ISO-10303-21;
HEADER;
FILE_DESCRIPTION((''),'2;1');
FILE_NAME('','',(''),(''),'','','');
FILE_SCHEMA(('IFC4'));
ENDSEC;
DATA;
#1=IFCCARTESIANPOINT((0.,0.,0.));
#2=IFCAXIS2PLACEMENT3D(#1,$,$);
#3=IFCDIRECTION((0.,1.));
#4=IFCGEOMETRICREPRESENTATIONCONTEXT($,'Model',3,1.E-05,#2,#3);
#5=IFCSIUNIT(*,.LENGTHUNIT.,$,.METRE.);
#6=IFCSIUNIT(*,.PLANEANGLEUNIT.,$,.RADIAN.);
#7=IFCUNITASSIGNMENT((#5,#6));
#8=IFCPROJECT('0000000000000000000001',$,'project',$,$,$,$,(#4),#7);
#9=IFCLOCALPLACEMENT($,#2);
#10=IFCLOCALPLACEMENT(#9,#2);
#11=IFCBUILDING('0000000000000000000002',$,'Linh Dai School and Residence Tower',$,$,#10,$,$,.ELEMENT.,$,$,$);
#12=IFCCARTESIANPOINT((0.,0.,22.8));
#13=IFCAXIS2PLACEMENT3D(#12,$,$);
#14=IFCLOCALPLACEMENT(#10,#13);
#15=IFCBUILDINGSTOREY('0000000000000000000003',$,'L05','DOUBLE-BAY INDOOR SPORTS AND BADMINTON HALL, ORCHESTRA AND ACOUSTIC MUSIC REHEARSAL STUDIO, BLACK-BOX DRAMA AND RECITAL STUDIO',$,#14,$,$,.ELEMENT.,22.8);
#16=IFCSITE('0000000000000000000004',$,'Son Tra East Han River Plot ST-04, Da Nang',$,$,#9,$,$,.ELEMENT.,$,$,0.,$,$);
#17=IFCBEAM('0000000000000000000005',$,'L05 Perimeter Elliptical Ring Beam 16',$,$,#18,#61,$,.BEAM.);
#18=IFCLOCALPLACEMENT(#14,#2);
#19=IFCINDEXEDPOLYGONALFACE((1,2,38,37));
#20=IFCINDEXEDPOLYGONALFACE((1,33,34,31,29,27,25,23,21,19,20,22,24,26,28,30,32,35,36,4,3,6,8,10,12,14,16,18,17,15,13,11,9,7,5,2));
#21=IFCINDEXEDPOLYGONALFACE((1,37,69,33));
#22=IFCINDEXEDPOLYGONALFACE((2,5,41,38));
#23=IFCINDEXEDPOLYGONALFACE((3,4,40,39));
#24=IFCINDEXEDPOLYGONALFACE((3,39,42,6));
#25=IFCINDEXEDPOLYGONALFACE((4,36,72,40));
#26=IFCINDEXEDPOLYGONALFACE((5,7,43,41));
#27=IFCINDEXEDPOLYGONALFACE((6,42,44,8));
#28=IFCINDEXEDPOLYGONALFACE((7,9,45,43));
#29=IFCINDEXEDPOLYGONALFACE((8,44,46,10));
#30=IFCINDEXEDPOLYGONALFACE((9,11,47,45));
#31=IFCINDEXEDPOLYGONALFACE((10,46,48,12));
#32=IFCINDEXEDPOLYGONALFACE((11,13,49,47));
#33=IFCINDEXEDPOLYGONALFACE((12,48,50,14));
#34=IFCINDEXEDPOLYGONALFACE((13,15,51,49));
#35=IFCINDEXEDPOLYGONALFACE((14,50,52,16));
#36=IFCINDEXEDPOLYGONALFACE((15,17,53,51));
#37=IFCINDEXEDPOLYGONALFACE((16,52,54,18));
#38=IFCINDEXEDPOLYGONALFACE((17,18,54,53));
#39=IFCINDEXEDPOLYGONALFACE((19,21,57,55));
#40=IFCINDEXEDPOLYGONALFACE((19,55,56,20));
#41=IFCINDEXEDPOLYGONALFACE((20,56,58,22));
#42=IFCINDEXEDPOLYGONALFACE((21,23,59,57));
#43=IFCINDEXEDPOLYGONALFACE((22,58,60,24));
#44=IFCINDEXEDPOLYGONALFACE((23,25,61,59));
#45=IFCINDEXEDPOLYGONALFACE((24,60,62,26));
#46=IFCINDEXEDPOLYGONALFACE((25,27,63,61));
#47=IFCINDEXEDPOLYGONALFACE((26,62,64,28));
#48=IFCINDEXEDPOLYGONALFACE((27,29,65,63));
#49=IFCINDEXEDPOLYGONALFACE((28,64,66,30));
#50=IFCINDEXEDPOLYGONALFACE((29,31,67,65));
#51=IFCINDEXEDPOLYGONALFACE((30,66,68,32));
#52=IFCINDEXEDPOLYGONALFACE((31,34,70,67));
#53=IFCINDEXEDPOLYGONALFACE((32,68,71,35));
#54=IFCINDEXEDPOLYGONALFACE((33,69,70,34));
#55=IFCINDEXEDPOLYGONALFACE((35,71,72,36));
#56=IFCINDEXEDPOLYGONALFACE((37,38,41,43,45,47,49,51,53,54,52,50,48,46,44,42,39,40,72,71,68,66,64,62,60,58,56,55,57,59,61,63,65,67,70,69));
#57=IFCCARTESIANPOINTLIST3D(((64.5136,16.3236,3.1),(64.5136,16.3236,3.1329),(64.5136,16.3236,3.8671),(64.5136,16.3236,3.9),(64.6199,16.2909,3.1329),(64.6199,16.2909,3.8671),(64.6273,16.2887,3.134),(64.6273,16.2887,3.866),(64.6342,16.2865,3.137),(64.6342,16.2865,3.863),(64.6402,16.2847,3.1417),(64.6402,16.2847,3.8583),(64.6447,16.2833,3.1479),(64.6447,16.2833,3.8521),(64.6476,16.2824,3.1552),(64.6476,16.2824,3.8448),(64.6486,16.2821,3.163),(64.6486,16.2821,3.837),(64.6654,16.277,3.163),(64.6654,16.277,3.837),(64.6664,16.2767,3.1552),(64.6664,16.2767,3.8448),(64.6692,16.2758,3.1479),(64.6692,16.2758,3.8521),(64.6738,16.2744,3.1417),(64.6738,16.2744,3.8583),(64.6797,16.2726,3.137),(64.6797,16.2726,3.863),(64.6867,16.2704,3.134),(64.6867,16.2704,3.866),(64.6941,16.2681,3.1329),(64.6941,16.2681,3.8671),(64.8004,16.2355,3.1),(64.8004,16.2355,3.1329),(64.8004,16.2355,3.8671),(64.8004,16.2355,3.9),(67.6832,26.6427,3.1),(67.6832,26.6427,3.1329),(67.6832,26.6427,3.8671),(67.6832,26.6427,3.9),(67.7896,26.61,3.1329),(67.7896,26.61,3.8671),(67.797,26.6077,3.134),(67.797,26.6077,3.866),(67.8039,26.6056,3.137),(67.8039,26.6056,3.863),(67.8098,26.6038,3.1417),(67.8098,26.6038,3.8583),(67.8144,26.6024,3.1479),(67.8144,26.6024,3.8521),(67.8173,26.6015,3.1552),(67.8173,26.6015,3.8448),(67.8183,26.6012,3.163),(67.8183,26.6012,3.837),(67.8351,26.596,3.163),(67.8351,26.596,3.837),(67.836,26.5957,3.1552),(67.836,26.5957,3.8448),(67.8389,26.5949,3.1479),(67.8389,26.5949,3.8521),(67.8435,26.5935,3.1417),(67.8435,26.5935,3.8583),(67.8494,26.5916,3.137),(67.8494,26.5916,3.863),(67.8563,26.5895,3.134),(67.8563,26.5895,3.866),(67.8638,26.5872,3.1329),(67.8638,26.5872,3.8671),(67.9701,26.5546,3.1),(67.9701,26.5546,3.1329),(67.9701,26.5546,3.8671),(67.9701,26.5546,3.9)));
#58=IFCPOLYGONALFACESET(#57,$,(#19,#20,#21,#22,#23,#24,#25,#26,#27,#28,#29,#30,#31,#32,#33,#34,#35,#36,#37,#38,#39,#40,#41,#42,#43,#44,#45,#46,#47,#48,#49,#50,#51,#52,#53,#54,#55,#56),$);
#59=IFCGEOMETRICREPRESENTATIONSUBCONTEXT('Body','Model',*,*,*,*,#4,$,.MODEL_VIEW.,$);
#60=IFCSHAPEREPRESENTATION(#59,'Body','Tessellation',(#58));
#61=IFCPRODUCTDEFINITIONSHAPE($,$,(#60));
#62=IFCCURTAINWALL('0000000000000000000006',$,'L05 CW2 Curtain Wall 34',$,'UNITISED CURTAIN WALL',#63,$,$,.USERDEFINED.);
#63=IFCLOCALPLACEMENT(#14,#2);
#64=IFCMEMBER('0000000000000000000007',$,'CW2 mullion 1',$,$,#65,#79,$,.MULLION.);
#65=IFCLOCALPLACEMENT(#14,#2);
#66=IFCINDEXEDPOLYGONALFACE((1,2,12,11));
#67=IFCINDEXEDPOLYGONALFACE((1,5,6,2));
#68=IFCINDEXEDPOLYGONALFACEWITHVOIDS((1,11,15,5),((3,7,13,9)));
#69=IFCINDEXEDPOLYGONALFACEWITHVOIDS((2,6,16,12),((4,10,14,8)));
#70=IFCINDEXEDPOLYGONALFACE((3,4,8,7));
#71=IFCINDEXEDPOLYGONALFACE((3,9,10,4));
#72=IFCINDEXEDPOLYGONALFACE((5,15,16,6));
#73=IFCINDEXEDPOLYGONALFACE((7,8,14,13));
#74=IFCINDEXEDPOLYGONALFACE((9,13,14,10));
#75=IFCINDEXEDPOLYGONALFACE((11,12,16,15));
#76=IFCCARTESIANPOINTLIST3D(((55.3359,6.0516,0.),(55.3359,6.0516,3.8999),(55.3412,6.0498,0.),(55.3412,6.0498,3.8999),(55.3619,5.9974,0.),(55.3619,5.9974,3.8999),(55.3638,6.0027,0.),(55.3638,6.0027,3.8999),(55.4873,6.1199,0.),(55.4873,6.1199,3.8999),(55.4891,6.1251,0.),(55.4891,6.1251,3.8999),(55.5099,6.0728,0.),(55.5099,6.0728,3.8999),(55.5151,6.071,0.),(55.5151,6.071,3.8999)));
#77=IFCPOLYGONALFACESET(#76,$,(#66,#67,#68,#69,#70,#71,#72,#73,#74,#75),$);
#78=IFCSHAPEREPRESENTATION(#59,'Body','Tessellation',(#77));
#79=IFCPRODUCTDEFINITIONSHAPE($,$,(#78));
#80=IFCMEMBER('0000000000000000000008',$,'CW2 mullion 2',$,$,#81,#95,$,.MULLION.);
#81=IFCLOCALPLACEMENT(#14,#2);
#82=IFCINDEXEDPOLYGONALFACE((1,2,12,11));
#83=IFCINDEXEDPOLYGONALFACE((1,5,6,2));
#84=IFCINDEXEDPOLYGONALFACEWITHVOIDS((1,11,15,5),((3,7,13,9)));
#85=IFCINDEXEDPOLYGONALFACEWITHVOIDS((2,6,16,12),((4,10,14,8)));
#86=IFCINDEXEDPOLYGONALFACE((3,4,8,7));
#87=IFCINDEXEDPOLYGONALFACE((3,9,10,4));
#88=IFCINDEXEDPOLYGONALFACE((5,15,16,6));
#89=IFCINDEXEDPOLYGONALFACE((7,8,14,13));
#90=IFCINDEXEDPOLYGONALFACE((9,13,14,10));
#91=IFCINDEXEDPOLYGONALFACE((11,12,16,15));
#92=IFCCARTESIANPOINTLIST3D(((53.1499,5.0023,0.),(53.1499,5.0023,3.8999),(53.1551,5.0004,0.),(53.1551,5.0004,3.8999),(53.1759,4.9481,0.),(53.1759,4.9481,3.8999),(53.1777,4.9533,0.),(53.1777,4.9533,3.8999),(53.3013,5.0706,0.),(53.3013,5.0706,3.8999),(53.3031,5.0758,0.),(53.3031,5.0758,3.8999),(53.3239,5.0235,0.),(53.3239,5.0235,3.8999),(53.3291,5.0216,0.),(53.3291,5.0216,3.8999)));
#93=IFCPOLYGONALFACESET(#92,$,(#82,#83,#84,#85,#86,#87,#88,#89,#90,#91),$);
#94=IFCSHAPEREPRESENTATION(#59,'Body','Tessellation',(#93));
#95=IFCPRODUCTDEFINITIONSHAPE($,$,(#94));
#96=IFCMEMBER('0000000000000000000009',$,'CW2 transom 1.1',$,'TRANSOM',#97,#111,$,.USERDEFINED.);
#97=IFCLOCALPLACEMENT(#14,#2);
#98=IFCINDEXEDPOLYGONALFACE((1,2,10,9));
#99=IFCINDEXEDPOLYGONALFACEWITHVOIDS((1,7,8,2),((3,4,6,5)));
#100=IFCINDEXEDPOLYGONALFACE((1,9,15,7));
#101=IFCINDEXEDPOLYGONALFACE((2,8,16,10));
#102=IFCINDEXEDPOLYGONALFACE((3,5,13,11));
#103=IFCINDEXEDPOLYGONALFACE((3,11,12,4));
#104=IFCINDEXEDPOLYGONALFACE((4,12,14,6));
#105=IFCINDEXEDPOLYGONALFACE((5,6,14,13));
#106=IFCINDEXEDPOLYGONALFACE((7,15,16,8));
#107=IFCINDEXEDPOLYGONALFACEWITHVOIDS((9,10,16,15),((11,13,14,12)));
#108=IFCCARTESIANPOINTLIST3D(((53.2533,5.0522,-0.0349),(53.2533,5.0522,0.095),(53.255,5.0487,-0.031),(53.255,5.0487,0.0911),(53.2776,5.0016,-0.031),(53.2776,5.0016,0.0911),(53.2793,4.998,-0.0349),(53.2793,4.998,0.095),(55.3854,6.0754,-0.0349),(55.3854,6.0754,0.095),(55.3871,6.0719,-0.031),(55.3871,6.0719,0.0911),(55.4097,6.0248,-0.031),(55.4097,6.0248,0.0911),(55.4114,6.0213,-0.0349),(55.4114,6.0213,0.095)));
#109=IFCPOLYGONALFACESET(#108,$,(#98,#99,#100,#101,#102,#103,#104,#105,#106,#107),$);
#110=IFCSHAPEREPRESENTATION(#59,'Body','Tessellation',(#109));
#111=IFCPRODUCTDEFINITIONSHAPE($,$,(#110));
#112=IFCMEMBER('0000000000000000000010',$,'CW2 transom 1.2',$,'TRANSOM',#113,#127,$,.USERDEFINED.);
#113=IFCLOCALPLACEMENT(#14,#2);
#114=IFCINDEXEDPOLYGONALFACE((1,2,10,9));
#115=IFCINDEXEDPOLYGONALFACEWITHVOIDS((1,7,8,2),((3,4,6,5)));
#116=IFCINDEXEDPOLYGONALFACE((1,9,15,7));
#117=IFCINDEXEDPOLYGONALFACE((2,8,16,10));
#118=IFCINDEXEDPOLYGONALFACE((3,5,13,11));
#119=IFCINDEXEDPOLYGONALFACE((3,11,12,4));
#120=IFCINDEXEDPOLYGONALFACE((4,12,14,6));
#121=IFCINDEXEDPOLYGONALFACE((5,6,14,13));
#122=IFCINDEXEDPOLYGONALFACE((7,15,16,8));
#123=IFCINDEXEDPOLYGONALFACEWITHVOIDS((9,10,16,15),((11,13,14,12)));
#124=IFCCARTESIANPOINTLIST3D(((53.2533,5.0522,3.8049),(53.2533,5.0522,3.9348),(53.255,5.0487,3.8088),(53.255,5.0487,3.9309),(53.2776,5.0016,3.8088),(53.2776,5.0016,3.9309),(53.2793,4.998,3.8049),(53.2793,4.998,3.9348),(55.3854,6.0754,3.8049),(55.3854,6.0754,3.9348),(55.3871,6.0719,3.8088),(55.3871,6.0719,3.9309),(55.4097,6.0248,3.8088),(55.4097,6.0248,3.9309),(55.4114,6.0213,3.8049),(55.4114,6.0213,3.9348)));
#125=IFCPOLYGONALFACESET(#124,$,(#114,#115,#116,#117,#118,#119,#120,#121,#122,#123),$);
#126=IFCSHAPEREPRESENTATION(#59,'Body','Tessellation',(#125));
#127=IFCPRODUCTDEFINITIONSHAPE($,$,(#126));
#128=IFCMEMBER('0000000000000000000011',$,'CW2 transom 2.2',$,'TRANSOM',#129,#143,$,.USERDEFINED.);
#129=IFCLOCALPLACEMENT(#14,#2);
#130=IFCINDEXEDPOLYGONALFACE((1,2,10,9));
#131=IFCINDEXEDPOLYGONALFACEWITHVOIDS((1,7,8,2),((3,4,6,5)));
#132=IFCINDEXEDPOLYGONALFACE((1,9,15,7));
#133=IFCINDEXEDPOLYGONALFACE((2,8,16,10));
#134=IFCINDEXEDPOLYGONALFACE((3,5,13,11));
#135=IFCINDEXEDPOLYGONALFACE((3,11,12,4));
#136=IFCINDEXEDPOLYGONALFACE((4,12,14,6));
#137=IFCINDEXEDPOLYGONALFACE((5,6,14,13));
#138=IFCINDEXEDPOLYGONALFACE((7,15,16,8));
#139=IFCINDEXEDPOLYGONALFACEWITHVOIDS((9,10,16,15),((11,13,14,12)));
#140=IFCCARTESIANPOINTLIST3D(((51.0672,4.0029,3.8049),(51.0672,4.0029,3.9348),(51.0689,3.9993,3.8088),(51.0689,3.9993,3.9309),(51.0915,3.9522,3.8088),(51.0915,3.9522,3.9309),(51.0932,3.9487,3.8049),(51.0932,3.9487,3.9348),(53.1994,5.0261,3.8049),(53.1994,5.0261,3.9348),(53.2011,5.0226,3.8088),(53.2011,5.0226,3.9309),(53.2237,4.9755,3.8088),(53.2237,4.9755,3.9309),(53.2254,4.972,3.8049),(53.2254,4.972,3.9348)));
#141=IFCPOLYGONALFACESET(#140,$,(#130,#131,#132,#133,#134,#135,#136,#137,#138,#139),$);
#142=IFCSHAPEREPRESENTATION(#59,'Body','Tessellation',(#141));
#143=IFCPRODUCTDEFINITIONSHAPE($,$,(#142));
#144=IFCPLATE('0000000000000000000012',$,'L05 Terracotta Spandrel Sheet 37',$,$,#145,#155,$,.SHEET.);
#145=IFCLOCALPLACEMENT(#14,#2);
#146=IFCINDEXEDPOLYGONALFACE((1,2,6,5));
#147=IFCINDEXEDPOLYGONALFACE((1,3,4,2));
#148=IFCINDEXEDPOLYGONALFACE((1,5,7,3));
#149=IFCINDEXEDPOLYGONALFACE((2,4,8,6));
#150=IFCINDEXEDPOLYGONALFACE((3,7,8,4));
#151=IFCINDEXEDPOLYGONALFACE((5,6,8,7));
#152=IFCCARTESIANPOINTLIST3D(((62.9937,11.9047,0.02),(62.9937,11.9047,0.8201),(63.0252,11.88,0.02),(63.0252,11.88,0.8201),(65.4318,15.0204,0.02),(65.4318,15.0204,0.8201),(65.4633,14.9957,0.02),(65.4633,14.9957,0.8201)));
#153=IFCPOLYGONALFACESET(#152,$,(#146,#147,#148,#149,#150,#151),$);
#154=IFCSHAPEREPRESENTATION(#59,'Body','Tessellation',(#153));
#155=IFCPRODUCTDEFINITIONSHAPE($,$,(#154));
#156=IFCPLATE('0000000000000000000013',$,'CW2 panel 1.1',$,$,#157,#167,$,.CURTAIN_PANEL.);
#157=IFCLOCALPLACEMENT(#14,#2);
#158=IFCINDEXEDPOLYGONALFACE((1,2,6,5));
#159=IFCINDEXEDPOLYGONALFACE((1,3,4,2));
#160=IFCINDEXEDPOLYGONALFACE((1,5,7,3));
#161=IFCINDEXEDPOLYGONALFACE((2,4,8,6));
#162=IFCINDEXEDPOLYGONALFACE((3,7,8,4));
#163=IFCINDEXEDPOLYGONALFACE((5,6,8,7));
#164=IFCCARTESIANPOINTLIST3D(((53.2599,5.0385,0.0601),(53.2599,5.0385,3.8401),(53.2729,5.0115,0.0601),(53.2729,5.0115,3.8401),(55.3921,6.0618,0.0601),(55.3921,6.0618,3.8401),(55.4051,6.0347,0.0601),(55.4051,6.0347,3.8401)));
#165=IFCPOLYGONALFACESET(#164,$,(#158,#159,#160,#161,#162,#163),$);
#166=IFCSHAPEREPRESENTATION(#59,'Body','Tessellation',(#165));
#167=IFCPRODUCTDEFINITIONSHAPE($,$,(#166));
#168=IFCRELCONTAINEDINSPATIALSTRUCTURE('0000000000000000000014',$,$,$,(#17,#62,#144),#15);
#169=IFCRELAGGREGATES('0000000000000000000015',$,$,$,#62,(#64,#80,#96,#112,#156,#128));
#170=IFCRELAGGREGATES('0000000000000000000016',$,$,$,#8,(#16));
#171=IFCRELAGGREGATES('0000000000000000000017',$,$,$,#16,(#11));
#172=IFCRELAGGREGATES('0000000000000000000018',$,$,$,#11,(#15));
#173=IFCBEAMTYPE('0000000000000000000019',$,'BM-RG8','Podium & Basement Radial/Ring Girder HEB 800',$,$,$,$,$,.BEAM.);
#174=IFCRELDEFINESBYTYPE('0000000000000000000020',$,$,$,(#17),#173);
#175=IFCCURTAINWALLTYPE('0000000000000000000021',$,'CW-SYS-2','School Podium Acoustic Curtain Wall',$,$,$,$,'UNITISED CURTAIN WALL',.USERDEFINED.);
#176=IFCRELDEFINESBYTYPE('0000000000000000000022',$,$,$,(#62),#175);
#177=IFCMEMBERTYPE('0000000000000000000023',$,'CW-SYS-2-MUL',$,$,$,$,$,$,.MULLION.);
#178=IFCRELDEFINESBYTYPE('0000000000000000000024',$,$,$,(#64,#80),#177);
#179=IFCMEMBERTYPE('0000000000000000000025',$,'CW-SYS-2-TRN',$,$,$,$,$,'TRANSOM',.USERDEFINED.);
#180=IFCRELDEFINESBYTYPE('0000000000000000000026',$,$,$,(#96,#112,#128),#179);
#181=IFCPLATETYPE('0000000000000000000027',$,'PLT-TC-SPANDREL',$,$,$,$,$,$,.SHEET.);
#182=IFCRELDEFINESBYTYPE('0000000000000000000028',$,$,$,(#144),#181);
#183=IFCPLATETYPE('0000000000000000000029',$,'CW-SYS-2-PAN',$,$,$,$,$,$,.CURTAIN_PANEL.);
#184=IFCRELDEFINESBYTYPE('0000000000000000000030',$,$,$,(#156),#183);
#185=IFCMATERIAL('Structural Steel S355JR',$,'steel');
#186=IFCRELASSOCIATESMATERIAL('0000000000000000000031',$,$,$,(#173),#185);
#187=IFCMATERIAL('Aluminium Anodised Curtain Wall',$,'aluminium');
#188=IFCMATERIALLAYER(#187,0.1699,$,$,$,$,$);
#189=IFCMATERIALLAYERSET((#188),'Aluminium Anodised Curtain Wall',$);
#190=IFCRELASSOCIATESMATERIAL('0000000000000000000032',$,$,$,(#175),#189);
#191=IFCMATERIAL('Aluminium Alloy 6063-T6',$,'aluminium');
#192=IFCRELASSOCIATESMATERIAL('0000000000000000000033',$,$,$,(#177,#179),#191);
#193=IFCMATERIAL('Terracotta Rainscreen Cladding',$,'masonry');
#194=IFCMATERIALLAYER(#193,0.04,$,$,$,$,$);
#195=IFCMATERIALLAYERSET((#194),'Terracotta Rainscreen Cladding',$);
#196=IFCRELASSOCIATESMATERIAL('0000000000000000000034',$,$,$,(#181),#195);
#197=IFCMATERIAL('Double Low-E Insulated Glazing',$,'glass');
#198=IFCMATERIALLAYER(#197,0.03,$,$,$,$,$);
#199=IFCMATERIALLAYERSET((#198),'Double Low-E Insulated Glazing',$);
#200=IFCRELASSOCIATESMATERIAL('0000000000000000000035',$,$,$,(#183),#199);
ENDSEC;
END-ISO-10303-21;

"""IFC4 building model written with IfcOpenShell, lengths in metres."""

from ifc_helpers import new_model, si_unit, direction, frame, origin, origin_2d, place, context, subcontext, project, spatial, rectangle, hollow_rectangle, i_section, extrude, source, transform, mapped, material, layer, layer_set, material_profile, profile_set, type_object, element, aggregate, save


model = new_model("IFC4")

# Units and contexts
model_context = context("Model", 3, precision=1e-05, world=origin(), true_north=direction((0.0, 1.0)))
body_context = subcontext(model_context, "Body", "Model", "MODEL_VIEW")
ifc_project = project(units=[si_unit("LENGTHUNIT", "METRE"), si_unit("PLANEANGLEUNIT", "RADIAN")], contexts=[model_context])

# Site, building, storey
site_placement = place(None, origin())
site = spatial("IfcSite", under=ifc_project, at=site_placement, Name="Son Tra East Han River Plot ST-04, Da Nang", CompositionType="ELEMENT", RefElevation=0.0)
building_placement = place(site_placement, origin())
building = spatial("IfcBuilding", under=site, at=building_placement, Name="Linh Dai School and Residence Tower", CompositionType="ELEMENT")
storey_placement = place(building_placement, frame((0.0, 0.0, 22.8)))
storey = spatial("IfcBuildingStorey", under=building, at=storey_placement, Name="L05", Description="DOUBLE-BAY INDOOR SPORTS AND BADMINTON HALL, ORCHESTRA AND ACOUSTIC MUSIC REHEARSAL STUDIO, BLACK-BOX DRAMA AND RECITAL STUDIO", CompositionType="ELEMENT", Elevation=22.8)

# Shared definitions
ifc_material_1 = material(Name="Structural Steel S355JR", Category="steel")

# Beam
ifc_material_profile_1 = material_profile(ifc_material_1, i_section(OverallWidth=0.3, OverallDepth=0.8, WebThickness=0.0176, FlangeThickness=0.033, FilletRadius=0.03, at=origin_2d()), Name="HEB 800")
ifc_profile_set_1 = profile_set([ifc_material_profile_1], Name="Structural Steel S355JR")
beam_type = type_object("IfcBeamType", Name="BM-RG8", Description="Podium & Basement Radial/Ring Girder HEB 800", PredefinedType="BEAM", material=ifc_profile_set_1)
beam_1_placement = place(storey_placement, frame((64.657, 16.2795, 3.5), z_axis=(0.293627, 0.95592, 0.0), x_axis=(-0.95592, 0.293627, 0.0)))
element("IfcBeam", 1, at=beam_1_placement, inside=storey, type_object=beam_type, Name="L05 Perimeter Elliptical Ring Beam 16", PredefinedType="BEAM", context=body_context, shape_type="SweptSolid", body=[
    extrude(i_section(OverallWidth=0.3, OverallDepth=0.8, WebThickness=0.0176, FlangeThickness=0.033, FilletRadius=0.03, at=origin_2d()), origin(), (0.0, 0.0, 1.0), 10.7949),
])

# Curtain wall, members
ifc_material_2 = material(Name="Aluminium Anodised Curtain Wall", Category="aluminium")
ifc_layer_1 = layer(ifc_material_2, 0.1699)
ifc_layer_set_1 = layer_set([ifc_layer_1], Name="Aluminium Anodised Curtain Wall")
curtain_wall_type = type_object("IfcCurtainWallType", Name="CW-SYS-2", Description="School Podium Acoustic Curtain Wall", ElementType="UNITISED CURTAIN WALL", PredefinedType="USERDEFINED", material=ifc_layer_set_1)
curtain_wall_placement = place(storey_placement, origin())
curtain_wall = element("IfcCurtainWall", 2, at=curtain_wall_placement, inside=storey, type_object=curtain_wall_type, Name="L05 CW2 Curtain Wall 34", ObjectType="UNITISED CURTAIN WALL", PredefinedType="USERDEFINED")
ifc_material_3 = material(Name="Aluminium Alloy 6063-T6", Category="aluminium")
ifc_material_profile_2 = material_profile(ifc_material_3, hollow_rectangle(XDim=0.0601, YDim=0.1699, WallThickness=0.0039, at=origin_2d()), Name="RHS 170x60x4")
ifc_profile_set_2 = profile_set([ifc_material_profile_2], Name="Aluminium Alloy 6063-T6")
member_type_1 = type_object("IfcMemberType", Name="CW-SYS-2-MUL", PredefinedType="MULLION", material=ifc_profile_set_2)
shared_shape_1 = source(origin(), body_context, "Body", "SweptSolid", [
    extrude(hollow_rectangle(XDim=0.0601, YDim=0.1699, WallThickness=0.0039, at=origin_2d()), origin(), (0.0, 0.0, 1.0), 3.8999),
])
member_1_placement = place(storey_placement, frame((55.4255, 6.0613, 0.0), z_axis=(0.0, 0.0, 1.0), x_axis=(0.432657, -0.901558, 0.0)))
member_1 = element("IfcMember", 3, at=member_1_placement, type_object=member_type_1, Name="CW2 mullion 1", PredefinedType="MULLION", context=body_context, shape_type="MappedRepresentation", body=[
    mapped(shared_shape_1, transform((0.0, 0.0, 0.0), x_axis=(1.0, 0.0, 0.0), y_axis=(0.0, 1.0, 0.0), z_axis=(0.0, 0.0, 1.0), scale=1.0)),
])
member_2_placement = place(storey_placement, frame((53.2395, 5.012, 0.0), z_axis=(0.0, 0.0, 1.0), x_axis=(0.432657, -0.901558, 0.0)))
member_2 = element("IfcMember", 4, at=member_2_placement, type_object=member_type_1, Name="CW2 mullion 2", PredefinedType="MULLION", context=body_context, shape_type="MappedRepresentation", body=[
    mapped(shared_shape_1, transform((0.0, 0.0, 0.0), x_axis=(1.0, 0.0, 0.0), y_axis=(0.0, 1.0, 0.0), z_axis=(0.0, 0.0, 1.0), scale=1.0)),
])
ifc_material_profile_3 = material_profile(ifc_material_3, hollow_rectangle(XDim=0.0601, YDim=0.1299, WallThickness=0.0039, at=origin_2d()), Name="RHS 130x60x4")
ifc_profile_set_3 = profile_set([ifc_material_profile_3], Name="Aluminium Alloy 6063-T6")
member_type_2 = type_object("IfcMemberType", Name="CW-SYS-2-TRN", ElementType="TRANSOM", PredefinedType="USERDEFINED", material=ifc_profile_set_3)
shared_shape_2 = source(origin(), body_context, "Body", "SweptSolid", [
    extrude(hollow_rectangle(XDim=0.0601, YDim=0.1299, WallThickness=0.0039, at=origin_2d()), origin(), (0.0, 0.0, 1.0), 2.365),
])
member_3_placement = place(storey_placement, frame((55.3984, 6.0483, 0.03), z_axis=(-0.901557, -0.432661, 0.0), x_axis=(0.432661, -0.901557, 0.0)))
member_3 = element("IfcMember", 5, at=member_3_placement, type_object=member_type_2, Name="CW2 transom 1.1", ObjectType="TRANSOM", PredefinedType="USERDEFINED", context=body_context, shape_type="MappedRepresentation", body=[
    mapped(shared_shape_2, transform((0.0, 0.0, 0.0), x_axis=(1.0, 0.0, 0.0), y_axis=(0.0, 1.0, 0.0), z_axis=(0.0, 0.0, 1.0), scale=1.0)),
])
member_4_placement = place(storey_placement, frame((55.3984, 6.0483, 3.8699), z_axis=(-0.901557, -0.432661, 0.0), x_axis=(0.432661, -0.901557, 0.0)))
member_4 = element("IfcMember", 6, at=member_4_placement, type_object=member_type_2, Name="CW2 transom 1.2", ObjectType="TRANSOM", PredefinedType="USERDEFINED", context=body_context, shape_type="MappedRepresentation", body=[
    mapped(shared_shape_2, transform((0.0, 0.0, 0.0), x_axis=(1.0, 0.0, 0.0), y_axis=(0.0, 1.0, 0.0), z_axis=(0.0, 0.0, 1.0), scale=1.0)),
])
member_5_placement = place(storey_placement, frame((53.2124, 4.999, 3.8699), z_axis=(-0.901557, -0.432661, 0.0), x_axis=(0.432661, -0.901557, 0.0)))
member_5 = element("IfcMember", 7, at=member_5_placement, type_object=member_type_2, Name="CW2 transom 2.2", ObjectType="TRANSOM", PredefinedType="USERDEFINED", context=body_context, shape_type="MappedRepresentation", body=[
    mapped(shared_shape_2, transform((0.0, 0.0, 0.0), x_axis=(1.0, 0.0, 0.0), y_axis=(0.0, 1.0, 0.0), z_axis=(0.0, 0.0, 1.0), scale=1.0)),
])

# Plates
ifc_material_4 = material(Name="Terracotta Rainscreen Cladding", Category="masonry")
ifc_layer_2 = layer(ifc_material_4, 0.04)
ifc_layer_set_2 = layer_set([ifc_layer_2], Name="Terracotta Rainscreen Cladding")
plate_type_1 = type_object("IfcPlateType", Name="PLT-TC-SPANDREL", PredefinedType="SHEET", material=ifc_layer_set_2)
shared_shape_3 = source(origin(), body_context, "Body", "SweptSolid", [
    extrude(rectangle(XDim=3.9563, YDim=0.04, at=origin_2d()), origin(), (0.0, 0.0, 1.0), 0.8),
])
plate_1_placement = place(storey_placement, frame((64.2285, 13.4502, 0.02), z_axis=(0.0, 0.0, 1.0), x_axis=(-0.61626, -0.787543, 0.0)))
element("IfcPlate", 8, at=plate_1_placement, inside=storey, type_object=plate_type_1, Name="L05 Terracotta Spandrel Sheet 37", PredefinedType="SHEET", context=body_context, shape_type="MappedRepresentation", body=[
    mapped(shared_shape_3, transform((0.0, 0.0, 0.0), x_axis=(1.0, 0.0, 0.0), y_axis=(0.0, 1.0, 0.0), z_axis=(0.0, 0.0, 1.0), scale=1.0)),
])
ifc_material_5 = material(Name="Double Low-E Insulated Glazing", Category="glass")
ifc_layer_3 = layer(ifc_material_5, 0.03)
ifc_layer_set_3 = layer_set([ifc_layer_3], Name="Double Low-E Insulated Glazing")
plate_type_2 = type_object("IfcPlateType", Name="CW-SYS-2-PAN", PredefinedType="CURTAIN_PANEL", material=ifc_layer_set_3)
shared_shape_4 = source(origin(), body_context, "Body", "SweptSolid", [
    extrude(rectangle(XDim=2.365, YDim=0.03, at=origin_2d()), origin(), (0.0, 0.0, 1.0), 3.78),
])
plate_2_placement = place(storey_placement, frame((54.3325, 5.5366, 0.0601), z_axis=(0.0, 0.0, 1.0), x_axis=(-0.901558, -0.432657, 0.0)))
plate_2 = element("IfcPlate", 9, at=plate_2_placement, type_object=plate_type_2, Name="CW2 panel 1.1", PredefinedType="CURTAIN_PANEL", context=body_context, shape_type="MappedRepresentation", body=[
    mapped(shared_shape_4, transform((0.0, 0.0, 0.0), x_axis=(1.0, 0.0, 0.0), y_axis=(0.0, 1.0, 0.0), z_axis=(0.0, 0.0, 1.0), scale=1.0)),
])
aggregate(curtain_wall, [member_1, member_2, member_3, member_4, plate_2, member_5])

save(model, "model.ifc")
